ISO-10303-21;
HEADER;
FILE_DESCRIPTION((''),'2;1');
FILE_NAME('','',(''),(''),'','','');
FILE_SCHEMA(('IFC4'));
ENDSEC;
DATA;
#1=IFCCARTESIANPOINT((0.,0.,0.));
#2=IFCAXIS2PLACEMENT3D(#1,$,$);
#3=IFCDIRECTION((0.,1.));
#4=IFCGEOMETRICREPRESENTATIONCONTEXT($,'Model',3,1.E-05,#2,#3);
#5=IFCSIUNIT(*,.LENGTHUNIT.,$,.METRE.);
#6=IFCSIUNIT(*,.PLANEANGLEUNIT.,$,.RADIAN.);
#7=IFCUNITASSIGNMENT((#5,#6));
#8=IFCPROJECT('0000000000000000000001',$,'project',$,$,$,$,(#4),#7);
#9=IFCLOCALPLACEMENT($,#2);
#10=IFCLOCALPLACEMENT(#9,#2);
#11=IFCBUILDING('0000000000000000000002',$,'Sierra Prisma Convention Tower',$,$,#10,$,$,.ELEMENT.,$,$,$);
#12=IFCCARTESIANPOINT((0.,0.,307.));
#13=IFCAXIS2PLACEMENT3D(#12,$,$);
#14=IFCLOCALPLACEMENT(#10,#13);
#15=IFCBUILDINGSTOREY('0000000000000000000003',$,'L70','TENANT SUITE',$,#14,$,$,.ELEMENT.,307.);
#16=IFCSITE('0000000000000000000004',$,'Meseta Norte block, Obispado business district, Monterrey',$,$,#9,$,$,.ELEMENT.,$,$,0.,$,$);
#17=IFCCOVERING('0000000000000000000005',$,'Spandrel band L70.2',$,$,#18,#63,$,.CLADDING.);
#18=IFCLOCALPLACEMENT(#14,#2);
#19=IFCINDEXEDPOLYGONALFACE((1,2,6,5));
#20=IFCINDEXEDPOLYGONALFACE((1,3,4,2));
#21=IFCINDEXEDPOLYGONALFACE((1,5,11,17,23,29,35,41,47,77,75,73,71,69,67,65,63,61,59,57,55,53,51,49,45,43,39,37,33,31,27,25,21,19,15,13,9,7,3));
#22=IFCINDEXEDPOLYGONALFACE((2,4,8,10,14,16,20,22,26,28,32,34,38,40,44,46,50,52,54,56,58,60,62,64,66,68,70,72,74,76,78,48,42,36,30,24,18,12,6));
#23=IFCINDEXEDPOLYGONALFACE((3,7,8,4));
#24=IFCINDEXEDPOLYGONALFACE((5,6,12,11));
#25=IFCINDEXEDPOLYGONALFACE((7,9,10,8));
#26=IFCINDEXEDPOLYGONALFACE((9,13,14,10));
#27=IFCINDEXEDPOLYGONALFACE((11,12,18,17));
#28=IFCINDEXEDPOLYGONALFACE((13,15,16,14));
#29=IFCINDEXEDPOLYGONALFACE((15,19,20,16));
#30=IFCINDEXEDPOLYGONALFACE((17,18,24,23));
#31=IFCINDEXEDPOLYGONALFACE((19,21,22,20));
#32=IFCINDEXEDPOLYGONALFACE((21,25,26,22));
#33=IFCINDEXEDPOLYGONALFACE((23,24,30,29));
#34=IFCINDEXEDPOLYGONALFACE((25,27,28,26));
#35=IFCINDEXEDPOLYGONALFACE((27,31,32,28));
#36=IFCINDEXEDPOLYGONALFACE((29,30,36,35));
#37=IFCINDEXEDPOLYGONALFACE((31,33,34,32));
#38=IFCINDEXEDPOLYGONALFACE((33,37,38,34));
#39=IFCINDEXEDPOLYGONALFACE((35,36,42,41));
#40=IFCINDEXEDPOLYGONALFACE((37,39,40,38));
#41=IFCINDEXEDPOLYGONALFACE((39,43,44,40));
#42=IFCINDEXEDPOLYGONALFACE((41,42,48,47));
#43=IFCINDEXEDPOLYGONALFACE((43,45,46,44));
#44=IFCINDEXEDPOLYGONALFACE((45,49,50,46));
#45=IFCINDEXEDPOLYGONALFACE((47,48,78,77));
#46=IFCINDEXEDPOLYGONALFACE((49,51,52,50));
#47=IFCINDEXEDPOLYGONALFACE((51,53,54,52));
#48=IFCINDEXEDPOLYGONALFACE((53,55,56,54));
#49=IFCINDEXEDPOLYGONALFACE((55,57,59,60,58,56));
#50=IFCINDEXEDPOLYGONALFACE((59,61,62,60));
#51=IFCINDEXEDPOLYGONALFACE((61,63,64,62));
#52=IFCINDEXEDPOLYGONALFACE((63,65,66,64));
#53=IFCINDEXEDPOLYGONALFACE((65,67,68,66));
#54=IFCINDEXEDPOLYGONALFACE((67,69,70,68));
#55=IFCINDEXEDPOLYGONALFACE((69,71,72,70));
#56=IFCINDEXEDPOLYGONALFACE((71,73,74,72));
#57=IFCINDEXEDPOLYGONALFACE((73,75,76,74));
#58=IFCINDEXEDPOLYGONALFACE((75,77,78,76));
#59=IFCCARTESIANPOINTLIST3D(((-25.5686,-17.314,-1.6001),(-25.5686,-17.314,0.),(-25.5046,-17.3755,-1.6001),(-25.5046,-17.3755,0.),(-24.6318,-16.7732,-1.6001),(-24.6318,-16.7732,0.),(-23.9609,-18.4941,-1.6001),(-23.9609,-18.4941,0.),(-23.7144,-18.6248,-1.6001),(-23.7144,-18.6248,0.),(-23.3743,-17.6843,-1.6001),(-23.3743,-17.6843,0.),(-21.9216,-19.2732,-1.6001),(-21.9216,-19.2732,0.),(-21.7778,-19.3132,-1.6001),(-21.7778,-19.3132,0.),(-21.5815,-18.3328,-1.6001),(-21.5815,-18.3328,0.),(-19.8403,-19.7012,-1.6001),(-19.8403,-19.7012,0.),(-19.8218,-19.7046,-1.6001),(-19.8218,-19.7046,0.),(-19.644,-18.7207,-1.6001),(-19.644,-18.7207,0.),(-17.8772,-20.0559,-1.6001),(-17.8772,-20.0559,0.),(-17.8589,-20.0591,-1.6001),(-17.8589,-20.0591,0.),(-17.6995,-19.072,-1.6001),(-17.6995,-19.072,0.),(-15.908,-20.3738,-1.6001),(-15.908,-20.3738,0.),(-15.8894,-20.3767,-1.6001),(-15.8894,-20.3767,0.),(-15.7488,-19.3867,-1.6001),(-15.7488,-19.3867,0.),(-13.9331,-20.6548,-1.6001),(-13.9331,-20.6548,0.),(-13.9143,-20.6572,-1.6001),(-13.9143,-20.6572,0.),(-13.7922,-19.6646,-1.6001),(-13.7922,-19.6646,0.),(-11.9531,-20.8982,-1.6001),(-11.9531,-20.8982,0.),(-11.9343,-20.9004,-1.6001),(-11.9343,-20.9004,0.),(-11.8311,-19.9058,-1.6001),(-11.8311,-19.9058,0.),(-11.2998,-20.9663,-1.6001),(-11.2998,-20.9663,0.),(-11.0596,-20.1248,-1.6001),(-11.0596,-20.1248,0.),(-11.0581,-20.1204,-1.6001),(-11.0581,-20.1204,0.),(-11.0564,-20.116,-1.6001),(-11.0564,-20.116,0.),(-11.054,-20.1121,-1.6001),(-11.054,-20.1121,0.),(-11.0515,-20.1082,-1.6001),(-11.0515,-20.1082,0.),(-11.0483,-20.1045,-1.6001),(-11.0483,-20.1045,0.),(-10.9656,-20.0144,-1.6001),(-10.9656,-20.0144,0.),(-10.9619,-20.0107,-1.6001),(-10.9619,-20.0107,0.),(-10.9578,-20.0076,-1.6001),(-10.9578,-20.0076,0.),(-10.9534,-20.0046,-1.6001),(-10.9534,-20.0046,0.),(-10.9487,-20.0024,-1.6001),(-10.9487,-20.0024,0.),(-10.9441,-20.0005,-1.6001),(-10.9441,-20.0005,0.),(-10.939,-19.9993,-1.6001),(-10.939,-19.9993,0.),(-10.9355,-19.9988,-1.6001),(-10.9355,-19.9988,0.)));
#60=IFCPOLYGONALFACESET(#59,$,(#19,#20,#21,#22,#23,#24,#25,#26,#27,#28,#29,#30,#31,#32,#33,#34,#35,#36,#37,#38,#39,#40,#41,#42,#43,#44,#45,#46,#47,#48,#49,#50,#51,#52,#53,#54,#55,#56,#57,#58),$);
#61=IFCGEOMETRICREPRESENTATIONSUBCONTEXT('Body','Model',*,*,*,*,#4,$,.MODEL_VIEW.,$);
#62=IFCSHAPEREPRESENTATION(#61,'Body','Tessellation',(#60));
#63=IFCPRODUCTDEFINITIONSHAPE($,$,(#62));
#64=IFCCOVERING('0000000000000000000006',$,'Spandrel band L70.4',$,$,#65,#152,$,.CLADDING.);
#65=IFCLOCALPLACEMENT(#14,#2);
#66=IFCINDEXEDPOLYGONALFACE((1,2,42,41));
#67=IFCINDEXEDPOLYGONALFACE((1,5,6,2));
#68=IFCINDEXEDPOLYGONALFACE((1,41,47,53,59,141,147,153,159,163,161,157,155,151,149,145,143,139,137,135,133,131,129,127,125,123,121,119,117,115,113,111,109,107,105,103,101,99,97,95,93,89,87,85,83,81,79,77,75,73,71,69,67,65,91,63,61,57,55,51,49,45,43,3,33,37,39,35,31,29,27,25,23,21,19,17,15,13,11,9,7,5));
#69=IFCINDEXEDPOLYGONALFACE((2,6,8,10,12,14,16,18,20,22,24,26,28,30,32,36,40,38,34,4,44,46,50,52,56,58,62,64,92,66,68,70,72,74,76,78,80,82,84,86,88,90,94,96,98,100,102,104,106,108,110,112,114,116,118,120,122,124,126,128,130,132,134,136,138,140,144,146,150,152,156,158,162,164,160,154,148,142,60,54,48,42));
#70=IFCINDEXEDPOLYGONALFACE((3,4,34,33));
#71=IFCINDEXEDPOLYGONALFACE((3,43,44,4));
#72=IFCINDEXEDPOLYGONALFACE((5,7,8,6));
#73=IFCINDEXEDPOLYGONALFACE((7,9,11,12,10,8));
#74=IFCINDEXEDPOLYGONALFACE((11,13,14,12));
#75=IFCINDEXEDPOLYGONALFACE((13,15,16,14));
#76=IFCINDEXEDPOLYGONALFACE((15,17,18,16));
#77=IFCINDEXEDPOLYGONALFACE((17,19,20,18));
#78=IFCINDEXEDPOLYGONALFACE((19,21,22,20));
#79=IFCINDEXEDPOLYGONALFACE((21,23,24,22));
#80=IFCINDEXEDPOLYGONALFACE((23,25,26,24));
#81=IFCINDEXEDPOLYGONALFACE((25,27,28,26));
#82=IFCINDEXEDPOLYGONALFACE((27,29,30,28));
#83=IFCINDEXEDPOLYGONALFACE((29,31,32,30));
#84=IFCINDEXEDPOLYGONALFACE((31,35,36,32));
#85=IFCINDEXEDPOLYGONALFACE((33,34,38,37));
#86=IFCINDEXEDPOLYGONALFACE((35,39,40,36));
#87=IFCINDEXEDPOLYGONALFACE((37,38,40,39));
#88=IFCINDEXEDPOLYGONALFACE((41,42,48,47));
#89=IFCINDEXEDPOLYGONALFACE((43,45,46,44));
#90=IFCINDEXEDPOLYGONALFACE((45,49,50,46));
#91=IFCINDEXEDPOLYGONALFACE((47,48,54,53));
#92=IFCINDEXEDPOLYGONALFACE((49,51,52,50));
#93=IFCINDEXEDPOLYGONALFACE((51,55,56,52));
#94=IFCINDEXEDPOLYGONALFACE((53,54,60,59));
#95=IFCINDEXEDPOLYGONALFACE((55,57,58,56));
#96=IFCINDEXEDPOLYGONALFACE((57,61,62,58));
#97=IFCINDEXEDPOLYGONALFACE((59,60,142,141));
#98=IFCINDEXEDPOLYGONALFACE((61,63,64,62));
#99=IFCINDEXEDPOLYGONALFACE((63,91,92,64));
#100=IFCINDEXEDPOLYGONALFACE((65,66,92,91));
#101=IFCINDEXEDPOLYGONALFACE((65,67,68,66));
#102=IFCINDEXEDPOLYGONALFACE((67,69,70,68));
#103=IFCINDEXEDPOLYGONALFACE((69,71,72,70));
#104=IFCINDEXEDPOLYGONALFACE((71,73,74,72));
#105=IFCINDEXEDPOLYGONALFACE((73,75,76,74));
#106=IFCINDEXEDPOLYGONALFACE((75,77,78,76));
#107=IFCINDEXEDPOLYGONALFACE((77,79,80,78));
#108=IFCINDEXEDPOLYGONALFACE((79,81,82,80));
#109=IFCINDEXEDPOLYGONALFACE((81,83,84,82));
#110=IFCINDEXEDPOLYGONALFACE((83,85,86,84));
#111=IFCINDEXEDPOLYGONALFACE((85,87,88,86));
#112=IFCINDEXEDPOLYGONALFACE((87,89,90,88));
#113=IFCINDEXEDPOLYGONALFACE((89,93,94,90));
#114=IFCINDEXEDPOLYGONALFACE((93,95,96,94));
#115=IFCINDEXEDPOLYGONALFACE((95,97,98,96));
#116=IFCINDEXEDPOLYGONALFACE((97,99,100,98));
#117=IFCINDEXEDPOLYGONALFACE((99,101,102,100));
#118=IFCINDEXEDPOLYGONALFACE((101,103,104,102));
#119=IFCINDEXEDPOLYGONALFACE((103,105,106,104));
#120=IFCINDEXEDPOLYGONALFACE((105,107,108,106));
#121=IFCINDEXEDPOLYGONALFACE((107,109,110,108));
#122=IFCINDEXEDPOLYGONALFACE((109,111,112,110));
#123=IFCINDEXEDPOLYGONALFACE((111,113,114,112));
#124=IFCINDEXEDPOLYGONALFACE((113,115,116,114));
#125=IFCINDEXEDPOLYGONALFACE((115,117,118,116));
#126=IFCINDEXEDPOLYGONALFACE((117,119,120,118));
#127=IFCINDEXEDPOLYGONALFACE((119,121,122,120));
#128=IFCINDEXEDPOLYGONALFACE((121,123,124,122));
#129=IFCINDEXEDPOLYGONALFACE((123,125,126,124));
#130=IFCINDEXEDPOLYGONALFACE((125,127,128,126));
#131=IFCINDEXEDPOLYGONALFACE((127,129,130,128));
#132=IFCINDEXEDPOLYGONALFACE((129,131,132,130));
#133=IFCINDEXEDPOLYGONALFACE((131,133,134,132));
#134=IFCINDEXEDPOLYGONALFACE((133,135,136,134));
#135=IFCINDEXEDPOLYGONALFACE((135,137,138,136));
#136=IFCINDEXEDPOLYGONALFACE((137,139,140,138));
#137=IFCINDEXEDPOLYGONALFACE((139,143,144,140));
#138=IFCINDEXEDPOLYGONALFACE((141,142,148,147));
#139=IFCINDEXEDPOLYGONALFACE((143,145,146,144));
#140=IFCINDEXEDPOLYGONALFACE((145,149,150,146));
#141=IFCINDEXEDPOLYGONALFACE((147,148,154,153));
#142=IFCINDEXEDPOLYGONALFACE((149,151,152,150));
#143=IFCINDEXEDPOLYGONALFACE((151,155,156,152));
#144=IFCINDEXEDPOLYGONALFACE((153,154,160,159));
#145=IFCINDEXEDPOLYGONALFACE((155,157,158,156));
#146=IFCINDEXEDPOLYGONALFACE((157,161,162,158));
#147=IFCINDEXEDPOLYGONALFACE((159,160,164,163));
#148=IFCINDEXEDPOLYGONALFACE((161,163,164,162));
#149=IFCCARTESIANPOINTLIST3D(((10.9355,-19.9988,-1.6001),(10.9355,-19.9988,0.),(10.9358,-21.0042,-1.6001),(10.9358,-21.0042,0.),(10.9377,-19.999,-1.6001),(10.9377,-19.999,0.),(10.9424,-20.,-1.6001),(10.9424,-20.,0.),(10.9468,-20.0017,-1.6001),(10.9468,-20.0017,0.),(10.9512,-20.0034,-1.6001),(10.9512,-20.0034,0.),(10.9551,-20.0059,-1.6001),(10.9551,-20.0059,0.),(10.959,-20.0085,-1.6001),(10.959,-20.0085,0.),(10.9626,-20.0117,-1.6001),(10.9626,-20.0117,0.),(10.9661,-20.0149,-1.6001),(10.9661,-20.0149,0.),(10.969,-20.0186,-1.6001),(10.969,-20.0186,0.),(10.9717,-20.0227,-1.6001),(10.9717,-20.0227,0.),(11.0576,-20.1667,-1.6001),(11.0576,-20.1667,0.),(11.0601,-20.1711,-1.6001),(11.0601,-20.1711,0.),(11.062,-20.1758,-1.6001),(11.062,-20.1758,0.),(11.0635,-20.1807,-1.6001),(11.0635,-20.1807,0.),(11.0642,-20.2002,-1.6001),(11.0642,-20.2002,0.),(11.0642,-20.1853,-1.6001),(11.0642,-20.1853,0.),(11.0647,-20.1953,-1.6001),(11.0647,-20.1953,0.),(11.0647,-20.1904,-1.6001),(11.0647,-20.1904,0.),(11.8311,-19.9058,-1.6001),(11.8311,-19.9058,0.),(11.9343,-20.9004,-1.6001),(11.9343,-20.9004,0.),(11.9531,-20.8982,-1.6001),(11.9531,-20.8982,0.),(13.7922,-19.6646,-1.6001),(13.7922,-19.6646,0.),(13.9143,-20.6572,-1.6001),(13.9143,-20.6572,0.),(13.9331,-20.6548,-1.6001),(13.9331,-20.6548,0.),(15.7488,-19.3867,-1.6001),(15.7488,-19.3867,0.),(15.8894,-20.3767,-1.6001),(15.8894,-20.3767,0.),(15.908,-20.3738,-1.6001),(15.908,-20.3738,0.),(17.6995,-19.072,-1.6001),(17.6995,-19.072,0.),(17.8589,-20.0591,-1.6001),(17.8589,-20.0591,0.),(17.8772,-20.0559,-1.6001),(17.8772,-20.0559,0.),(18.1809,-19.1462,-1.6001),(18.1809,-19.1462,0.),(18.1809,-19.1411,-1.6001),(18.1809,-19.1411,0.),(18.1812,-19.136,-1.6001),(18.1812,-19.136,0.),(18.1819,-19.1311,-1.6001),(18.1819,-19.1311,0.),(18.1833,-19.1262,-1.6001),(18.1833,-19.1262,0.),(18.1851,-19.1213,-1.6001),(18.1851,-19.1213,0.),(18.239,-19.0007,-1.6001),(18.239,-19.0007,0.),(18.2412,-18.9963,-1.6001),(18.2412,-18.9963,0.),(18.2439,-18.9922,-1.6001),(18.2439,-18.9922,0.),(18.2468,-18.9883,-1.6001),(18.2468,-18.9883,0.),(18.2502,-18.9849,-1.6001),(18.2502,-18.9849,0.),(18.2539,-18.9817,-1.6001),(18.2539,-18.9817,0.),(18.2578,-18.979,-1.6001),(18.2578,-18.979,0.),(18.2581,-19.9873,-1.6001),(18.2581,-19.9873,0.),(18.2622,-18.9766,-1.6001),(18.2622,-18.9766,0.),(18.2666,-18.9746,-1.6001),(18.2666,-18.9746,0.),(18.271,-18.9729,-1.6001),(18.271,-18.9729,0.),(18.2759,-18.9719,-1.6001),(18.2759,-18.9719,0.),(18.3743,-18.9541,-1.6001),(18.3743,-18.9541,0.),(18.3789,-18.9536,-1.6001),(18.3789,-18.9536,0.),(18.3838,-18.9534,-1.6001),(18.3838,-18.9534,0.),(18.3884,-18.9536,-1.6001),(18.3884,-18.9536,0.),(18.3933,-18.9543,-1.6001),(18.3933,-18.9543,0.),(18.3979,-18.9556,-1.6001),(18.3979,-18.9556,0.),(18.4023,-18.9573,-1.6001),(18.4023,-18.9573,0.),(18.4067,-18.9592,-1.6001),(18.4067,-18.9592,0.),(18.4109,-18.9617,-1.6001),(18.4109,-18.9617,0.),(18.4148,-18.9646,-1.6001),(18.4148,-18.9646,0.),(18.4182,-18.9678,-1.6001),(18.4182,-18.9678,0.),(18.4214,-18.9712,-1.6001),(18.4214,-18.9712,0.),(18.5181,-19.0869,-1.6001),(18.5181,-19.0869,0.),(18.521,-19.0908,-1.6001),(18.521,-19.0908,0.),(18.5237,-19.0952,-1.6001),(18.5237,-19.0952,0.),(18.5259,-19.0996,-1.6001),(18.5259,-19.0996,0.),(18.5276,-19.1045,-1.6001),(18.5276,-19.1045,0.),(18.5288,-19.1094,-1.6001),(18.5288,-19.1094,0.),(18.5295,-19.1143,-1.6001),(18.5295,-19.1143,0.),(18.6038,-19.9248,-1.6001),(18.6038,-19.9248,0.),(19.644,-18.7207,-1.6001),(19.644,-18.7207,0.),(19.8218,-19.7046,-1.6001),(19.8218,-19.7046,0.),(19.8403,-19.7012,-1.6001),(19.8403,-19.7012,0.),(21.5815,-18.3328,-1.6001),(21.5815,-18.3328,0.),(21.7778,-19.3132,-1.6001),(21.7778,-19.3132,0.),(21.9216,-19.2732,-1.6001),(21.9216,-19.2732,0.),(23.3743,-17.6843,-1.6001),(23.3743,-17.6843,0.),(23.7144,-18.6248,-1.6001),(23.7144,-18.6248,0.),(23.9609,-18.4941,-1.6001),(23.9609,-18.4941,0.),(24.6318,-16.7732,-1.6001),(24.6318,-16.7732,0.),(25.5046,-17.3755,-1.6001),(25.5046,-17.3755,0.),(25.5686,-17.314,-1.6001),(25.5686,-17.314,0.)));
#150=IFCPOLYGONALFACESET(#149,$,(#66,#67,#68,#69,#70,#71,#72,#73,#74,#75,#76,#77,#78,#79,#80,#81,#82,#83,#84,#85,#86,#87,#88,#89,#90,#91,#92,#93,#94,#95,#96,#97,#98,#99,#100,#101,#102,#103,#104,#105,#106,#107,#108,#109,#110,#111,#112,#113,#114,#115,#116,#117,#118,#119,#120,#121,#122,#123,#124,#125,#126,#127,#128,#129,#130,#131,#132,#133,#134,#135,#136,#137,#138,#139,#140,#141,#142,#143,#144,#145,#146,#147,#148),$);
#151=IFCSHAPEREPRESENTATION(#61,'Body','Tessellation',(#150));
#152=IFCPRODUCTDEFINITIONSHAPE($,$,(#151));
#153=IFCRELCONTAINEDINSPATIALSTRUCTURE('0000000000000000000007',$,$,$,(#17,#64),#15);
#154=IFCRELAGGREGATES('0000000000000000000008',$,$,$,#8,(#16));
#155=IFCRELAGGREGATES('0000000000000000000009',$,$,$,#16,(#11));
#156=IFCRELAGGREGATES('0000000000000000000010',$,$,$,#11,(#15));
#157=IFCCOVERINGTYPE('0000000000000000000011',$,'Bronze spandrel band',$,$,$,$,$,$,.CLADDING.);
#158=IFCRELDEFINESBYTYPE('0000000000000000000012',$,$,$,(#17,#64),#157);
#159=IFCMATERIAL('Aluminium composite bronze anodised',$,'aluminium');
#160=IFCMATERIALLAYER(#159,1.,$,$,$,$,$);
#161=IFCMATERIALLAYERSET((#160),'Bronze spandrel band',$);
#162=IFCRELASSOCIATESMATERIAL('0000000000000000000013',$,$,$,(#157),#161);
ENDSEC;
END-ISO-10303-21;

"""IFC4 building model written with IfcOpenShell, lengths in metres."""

from ifc_helpers import new_model, si_unit, direction, frame, origin, place, context, subcontext, project, spatial, polyline, outline, extrude, material, layer, layer_set, type_object, element, save


model = new_model("IFC4")

# Units and contexts
model_context = context("Model", 3, precision=1e-05, world=origin(), true_north=direction((0.0, 1.0)))
body_context = subcontext(model_context, "Body", "Model", "MODEL_VIEW")
ifc_project = project(units=[si_unit("LENGTHUNIT", "METRE"), si_unit("PLANEANGLEUNIT", "RADIAN")], contexts=[model_context])

# Site, building, storey
site_placement = place(None, origin())
site = spatial("IfcSite", under=ifc_project, at=site_placement, Name="Meseta Norte block, Obispado business district, Monterrey", CompositionType="ELEMENT", RefElevation=0.0)
building_placement = place(site_placement, origin())
building = spatial("IfcBuilding", under=site, at=building_placement, Name="Sierra Prisma Convention Tower", CompositionType="ELEMENT")
storey_placement = place(building_placement, frame((0.0, 0.0, 307.0)))
storey = spatial("IfcBuildingStorey", under=building, at=storey_placement, Name="L70", Description="TENANT SUITE", CompositionType="ELEMENT", Elevation=307.0)

# Coverings
ifc_material_1 = material(Name="Aluminium composite bronze anodised", Category="aluminium")
ifc_layer_1 = layer(ifc_material_1, 1.0)
ifc_layer_set_1 = layer_set([ifc_layer_1], Name="Bronze spandrel band")
covering_type_1 = type_object("IfcCoveringType", Name="Bronze spandrel band", PredefinedType="CLADDING", material=ifc_layer_set_1)
covering_1_placement = place(storey_placement, frame((0.0, 0.0, -1.6001)))
element("IfcCovering", 1, at=covering_1_placement, inside=storey, type_object=covering_type_1, Name="Spandrel band L70.2", PredefinedType="CLADDING", context=body_context, shape_type="SweptSolid", body=[
    extrude(outline(polyline([(-21.5815, -18.3328), (-19.644, -18.7207), (-17.6995, -19.072), (-15.7488, -19.3867), (-13.7922, -19.6646), (-11.8311, -19.9058), (-10.9355, -19.9988), (-10.939, -19.9993), (-10.9441, -20.0005), (-10.9487, -20.0024), (-10.9534, -20.0046), (-10.9578, -20.0076), (-10.9619, -20.0107), (-10.9656, -20.0144), (-11.0483, -20.1045), (-11.0515, -20.1082), (-11.054, -20.1121), (-11.0564, -20.116), (-11.0581, -20.1204), (-11.0596, -20.1248), (-11.2998, -20.9663), (-11.9343, -20.9004), (-11.9531, -20.8982), (-13.9143, -20.6572), (-13.9331, -20.6548), (-15.8894, -20.3767), (-15.908, -20.3738), (-17.8589, -20.0591), (-17.8772, -20.0559), (-19.8218, -19.7046), (-19.8403, -19.7012), (-21.7778, -19.3132), (-21.9216, -19.2732), (-23.7144, -18.6248), (-23.9609, -18.4941), (-25.5046, -17.3755), (-25.5686, -17.314), (-24.6318, -16.7732), (-23.3743, -17.6843), (-21.5815, -18.3328)])), origin(), (0.0, 0.0, 1.0), 1.6001),
])
covering_2_placement = place(storey_placement, frame((0.0, 0.0, -1.6001)))
element("IfcCovering", 2, at=covering_2_placement, inside=storey, type_object=covering_type_1, Name="Spandrel band L70.4", PredefinedType="CLADDING", context=body_context, shape_type="SweptSolid", body=[
    extrude(outline(polyline([(21.9216, -19.2732), (21.7778, -19.3132), (19.8403, -19.7012), (19.8218, -19.7046), (18.6038, -19.9248), (18.5295, -19.1143), (18.5288, -19.1094), (18.5276, -19.1045), (18.5259, -19.0996), (18.5237, -19.0952), (18.521, -19.0908), (18.5181, -19.0869), (18.4214, -18.9712), (18.4182, -18.9678), (18.4148, -18.9646), (18.4109, -18.9617), (18.4067, -18.9592), (18.4023, -18.9573), (18.3979, -18.9556), (18.3933, -18.9543), (18.3884, -18.9536), (18.3838, -18.9534), (18.3789, -18.9536), (18.3743, -18.9541), (18.2759, -18.9719), (18.271, -18.9729), (18.2666, -18.9746), (18.2622, -18.9766), (18.2578, -18.979), (18.2539, -18.9817), (18.2502, -18.9849), (18.2468, -18.9883), (18.2439, -18.9922), (18.2412, -18.9963), (18.239, -19.0007), (18.1851, -19.1213), (18.1833, -19.1262), (18.1819, -19.1311), (18.1812, -19.136), (18.1809, -19.1411), (18.1809, -19.1462), (18.2581, -19.9873), (17.8772, -20.0559), (17.8589, -20.0591), (15.908, -20.3738), (15.8894, -20.3767), (13.9331, -20.6548), (13.9143, -20.6572), (11.9531, -20.8982), (11.9343, -20.9004), (10.9358, -21.0042), (11.0642, -20.2002), (11.0647, -20.1953), (11.0647, -20.1904), (11.0642, -20.1853), (11.0635, -20.1807), (11.062, -20.1758), (11.0601, -20.1711), (11.0576, -20.1667), (10.9717, -20.0227), (10.969, -20.0186), (10.9661, -20.0149), (10.9626, -20.0117), (10.959, -20.0085), (10.9551, -20.0059), (10.9512, -20.0034), (10.9468, -20.0017), (10.9424, -20.0), (10.9377, -19.999), (10.9355, -19.9988), (11.8311, -19.9058), (13.7922, -19.6646), (15.7488, -19.3867), (17.6995, -19.072), (19.644, -18.7207), (21.5815, -18.3328), (23.3743, -17.6843), (24.6318, -16.7732), (25.5686, -17.314), (25.5046, -17.3755), (23.9609, -18.4941), (23.7144, -18.6248), (21.9216, -19.2732)])), origin(), (0.0, 0.0, 1.0), 1.6001),
])

save(model, "model.ifc")
